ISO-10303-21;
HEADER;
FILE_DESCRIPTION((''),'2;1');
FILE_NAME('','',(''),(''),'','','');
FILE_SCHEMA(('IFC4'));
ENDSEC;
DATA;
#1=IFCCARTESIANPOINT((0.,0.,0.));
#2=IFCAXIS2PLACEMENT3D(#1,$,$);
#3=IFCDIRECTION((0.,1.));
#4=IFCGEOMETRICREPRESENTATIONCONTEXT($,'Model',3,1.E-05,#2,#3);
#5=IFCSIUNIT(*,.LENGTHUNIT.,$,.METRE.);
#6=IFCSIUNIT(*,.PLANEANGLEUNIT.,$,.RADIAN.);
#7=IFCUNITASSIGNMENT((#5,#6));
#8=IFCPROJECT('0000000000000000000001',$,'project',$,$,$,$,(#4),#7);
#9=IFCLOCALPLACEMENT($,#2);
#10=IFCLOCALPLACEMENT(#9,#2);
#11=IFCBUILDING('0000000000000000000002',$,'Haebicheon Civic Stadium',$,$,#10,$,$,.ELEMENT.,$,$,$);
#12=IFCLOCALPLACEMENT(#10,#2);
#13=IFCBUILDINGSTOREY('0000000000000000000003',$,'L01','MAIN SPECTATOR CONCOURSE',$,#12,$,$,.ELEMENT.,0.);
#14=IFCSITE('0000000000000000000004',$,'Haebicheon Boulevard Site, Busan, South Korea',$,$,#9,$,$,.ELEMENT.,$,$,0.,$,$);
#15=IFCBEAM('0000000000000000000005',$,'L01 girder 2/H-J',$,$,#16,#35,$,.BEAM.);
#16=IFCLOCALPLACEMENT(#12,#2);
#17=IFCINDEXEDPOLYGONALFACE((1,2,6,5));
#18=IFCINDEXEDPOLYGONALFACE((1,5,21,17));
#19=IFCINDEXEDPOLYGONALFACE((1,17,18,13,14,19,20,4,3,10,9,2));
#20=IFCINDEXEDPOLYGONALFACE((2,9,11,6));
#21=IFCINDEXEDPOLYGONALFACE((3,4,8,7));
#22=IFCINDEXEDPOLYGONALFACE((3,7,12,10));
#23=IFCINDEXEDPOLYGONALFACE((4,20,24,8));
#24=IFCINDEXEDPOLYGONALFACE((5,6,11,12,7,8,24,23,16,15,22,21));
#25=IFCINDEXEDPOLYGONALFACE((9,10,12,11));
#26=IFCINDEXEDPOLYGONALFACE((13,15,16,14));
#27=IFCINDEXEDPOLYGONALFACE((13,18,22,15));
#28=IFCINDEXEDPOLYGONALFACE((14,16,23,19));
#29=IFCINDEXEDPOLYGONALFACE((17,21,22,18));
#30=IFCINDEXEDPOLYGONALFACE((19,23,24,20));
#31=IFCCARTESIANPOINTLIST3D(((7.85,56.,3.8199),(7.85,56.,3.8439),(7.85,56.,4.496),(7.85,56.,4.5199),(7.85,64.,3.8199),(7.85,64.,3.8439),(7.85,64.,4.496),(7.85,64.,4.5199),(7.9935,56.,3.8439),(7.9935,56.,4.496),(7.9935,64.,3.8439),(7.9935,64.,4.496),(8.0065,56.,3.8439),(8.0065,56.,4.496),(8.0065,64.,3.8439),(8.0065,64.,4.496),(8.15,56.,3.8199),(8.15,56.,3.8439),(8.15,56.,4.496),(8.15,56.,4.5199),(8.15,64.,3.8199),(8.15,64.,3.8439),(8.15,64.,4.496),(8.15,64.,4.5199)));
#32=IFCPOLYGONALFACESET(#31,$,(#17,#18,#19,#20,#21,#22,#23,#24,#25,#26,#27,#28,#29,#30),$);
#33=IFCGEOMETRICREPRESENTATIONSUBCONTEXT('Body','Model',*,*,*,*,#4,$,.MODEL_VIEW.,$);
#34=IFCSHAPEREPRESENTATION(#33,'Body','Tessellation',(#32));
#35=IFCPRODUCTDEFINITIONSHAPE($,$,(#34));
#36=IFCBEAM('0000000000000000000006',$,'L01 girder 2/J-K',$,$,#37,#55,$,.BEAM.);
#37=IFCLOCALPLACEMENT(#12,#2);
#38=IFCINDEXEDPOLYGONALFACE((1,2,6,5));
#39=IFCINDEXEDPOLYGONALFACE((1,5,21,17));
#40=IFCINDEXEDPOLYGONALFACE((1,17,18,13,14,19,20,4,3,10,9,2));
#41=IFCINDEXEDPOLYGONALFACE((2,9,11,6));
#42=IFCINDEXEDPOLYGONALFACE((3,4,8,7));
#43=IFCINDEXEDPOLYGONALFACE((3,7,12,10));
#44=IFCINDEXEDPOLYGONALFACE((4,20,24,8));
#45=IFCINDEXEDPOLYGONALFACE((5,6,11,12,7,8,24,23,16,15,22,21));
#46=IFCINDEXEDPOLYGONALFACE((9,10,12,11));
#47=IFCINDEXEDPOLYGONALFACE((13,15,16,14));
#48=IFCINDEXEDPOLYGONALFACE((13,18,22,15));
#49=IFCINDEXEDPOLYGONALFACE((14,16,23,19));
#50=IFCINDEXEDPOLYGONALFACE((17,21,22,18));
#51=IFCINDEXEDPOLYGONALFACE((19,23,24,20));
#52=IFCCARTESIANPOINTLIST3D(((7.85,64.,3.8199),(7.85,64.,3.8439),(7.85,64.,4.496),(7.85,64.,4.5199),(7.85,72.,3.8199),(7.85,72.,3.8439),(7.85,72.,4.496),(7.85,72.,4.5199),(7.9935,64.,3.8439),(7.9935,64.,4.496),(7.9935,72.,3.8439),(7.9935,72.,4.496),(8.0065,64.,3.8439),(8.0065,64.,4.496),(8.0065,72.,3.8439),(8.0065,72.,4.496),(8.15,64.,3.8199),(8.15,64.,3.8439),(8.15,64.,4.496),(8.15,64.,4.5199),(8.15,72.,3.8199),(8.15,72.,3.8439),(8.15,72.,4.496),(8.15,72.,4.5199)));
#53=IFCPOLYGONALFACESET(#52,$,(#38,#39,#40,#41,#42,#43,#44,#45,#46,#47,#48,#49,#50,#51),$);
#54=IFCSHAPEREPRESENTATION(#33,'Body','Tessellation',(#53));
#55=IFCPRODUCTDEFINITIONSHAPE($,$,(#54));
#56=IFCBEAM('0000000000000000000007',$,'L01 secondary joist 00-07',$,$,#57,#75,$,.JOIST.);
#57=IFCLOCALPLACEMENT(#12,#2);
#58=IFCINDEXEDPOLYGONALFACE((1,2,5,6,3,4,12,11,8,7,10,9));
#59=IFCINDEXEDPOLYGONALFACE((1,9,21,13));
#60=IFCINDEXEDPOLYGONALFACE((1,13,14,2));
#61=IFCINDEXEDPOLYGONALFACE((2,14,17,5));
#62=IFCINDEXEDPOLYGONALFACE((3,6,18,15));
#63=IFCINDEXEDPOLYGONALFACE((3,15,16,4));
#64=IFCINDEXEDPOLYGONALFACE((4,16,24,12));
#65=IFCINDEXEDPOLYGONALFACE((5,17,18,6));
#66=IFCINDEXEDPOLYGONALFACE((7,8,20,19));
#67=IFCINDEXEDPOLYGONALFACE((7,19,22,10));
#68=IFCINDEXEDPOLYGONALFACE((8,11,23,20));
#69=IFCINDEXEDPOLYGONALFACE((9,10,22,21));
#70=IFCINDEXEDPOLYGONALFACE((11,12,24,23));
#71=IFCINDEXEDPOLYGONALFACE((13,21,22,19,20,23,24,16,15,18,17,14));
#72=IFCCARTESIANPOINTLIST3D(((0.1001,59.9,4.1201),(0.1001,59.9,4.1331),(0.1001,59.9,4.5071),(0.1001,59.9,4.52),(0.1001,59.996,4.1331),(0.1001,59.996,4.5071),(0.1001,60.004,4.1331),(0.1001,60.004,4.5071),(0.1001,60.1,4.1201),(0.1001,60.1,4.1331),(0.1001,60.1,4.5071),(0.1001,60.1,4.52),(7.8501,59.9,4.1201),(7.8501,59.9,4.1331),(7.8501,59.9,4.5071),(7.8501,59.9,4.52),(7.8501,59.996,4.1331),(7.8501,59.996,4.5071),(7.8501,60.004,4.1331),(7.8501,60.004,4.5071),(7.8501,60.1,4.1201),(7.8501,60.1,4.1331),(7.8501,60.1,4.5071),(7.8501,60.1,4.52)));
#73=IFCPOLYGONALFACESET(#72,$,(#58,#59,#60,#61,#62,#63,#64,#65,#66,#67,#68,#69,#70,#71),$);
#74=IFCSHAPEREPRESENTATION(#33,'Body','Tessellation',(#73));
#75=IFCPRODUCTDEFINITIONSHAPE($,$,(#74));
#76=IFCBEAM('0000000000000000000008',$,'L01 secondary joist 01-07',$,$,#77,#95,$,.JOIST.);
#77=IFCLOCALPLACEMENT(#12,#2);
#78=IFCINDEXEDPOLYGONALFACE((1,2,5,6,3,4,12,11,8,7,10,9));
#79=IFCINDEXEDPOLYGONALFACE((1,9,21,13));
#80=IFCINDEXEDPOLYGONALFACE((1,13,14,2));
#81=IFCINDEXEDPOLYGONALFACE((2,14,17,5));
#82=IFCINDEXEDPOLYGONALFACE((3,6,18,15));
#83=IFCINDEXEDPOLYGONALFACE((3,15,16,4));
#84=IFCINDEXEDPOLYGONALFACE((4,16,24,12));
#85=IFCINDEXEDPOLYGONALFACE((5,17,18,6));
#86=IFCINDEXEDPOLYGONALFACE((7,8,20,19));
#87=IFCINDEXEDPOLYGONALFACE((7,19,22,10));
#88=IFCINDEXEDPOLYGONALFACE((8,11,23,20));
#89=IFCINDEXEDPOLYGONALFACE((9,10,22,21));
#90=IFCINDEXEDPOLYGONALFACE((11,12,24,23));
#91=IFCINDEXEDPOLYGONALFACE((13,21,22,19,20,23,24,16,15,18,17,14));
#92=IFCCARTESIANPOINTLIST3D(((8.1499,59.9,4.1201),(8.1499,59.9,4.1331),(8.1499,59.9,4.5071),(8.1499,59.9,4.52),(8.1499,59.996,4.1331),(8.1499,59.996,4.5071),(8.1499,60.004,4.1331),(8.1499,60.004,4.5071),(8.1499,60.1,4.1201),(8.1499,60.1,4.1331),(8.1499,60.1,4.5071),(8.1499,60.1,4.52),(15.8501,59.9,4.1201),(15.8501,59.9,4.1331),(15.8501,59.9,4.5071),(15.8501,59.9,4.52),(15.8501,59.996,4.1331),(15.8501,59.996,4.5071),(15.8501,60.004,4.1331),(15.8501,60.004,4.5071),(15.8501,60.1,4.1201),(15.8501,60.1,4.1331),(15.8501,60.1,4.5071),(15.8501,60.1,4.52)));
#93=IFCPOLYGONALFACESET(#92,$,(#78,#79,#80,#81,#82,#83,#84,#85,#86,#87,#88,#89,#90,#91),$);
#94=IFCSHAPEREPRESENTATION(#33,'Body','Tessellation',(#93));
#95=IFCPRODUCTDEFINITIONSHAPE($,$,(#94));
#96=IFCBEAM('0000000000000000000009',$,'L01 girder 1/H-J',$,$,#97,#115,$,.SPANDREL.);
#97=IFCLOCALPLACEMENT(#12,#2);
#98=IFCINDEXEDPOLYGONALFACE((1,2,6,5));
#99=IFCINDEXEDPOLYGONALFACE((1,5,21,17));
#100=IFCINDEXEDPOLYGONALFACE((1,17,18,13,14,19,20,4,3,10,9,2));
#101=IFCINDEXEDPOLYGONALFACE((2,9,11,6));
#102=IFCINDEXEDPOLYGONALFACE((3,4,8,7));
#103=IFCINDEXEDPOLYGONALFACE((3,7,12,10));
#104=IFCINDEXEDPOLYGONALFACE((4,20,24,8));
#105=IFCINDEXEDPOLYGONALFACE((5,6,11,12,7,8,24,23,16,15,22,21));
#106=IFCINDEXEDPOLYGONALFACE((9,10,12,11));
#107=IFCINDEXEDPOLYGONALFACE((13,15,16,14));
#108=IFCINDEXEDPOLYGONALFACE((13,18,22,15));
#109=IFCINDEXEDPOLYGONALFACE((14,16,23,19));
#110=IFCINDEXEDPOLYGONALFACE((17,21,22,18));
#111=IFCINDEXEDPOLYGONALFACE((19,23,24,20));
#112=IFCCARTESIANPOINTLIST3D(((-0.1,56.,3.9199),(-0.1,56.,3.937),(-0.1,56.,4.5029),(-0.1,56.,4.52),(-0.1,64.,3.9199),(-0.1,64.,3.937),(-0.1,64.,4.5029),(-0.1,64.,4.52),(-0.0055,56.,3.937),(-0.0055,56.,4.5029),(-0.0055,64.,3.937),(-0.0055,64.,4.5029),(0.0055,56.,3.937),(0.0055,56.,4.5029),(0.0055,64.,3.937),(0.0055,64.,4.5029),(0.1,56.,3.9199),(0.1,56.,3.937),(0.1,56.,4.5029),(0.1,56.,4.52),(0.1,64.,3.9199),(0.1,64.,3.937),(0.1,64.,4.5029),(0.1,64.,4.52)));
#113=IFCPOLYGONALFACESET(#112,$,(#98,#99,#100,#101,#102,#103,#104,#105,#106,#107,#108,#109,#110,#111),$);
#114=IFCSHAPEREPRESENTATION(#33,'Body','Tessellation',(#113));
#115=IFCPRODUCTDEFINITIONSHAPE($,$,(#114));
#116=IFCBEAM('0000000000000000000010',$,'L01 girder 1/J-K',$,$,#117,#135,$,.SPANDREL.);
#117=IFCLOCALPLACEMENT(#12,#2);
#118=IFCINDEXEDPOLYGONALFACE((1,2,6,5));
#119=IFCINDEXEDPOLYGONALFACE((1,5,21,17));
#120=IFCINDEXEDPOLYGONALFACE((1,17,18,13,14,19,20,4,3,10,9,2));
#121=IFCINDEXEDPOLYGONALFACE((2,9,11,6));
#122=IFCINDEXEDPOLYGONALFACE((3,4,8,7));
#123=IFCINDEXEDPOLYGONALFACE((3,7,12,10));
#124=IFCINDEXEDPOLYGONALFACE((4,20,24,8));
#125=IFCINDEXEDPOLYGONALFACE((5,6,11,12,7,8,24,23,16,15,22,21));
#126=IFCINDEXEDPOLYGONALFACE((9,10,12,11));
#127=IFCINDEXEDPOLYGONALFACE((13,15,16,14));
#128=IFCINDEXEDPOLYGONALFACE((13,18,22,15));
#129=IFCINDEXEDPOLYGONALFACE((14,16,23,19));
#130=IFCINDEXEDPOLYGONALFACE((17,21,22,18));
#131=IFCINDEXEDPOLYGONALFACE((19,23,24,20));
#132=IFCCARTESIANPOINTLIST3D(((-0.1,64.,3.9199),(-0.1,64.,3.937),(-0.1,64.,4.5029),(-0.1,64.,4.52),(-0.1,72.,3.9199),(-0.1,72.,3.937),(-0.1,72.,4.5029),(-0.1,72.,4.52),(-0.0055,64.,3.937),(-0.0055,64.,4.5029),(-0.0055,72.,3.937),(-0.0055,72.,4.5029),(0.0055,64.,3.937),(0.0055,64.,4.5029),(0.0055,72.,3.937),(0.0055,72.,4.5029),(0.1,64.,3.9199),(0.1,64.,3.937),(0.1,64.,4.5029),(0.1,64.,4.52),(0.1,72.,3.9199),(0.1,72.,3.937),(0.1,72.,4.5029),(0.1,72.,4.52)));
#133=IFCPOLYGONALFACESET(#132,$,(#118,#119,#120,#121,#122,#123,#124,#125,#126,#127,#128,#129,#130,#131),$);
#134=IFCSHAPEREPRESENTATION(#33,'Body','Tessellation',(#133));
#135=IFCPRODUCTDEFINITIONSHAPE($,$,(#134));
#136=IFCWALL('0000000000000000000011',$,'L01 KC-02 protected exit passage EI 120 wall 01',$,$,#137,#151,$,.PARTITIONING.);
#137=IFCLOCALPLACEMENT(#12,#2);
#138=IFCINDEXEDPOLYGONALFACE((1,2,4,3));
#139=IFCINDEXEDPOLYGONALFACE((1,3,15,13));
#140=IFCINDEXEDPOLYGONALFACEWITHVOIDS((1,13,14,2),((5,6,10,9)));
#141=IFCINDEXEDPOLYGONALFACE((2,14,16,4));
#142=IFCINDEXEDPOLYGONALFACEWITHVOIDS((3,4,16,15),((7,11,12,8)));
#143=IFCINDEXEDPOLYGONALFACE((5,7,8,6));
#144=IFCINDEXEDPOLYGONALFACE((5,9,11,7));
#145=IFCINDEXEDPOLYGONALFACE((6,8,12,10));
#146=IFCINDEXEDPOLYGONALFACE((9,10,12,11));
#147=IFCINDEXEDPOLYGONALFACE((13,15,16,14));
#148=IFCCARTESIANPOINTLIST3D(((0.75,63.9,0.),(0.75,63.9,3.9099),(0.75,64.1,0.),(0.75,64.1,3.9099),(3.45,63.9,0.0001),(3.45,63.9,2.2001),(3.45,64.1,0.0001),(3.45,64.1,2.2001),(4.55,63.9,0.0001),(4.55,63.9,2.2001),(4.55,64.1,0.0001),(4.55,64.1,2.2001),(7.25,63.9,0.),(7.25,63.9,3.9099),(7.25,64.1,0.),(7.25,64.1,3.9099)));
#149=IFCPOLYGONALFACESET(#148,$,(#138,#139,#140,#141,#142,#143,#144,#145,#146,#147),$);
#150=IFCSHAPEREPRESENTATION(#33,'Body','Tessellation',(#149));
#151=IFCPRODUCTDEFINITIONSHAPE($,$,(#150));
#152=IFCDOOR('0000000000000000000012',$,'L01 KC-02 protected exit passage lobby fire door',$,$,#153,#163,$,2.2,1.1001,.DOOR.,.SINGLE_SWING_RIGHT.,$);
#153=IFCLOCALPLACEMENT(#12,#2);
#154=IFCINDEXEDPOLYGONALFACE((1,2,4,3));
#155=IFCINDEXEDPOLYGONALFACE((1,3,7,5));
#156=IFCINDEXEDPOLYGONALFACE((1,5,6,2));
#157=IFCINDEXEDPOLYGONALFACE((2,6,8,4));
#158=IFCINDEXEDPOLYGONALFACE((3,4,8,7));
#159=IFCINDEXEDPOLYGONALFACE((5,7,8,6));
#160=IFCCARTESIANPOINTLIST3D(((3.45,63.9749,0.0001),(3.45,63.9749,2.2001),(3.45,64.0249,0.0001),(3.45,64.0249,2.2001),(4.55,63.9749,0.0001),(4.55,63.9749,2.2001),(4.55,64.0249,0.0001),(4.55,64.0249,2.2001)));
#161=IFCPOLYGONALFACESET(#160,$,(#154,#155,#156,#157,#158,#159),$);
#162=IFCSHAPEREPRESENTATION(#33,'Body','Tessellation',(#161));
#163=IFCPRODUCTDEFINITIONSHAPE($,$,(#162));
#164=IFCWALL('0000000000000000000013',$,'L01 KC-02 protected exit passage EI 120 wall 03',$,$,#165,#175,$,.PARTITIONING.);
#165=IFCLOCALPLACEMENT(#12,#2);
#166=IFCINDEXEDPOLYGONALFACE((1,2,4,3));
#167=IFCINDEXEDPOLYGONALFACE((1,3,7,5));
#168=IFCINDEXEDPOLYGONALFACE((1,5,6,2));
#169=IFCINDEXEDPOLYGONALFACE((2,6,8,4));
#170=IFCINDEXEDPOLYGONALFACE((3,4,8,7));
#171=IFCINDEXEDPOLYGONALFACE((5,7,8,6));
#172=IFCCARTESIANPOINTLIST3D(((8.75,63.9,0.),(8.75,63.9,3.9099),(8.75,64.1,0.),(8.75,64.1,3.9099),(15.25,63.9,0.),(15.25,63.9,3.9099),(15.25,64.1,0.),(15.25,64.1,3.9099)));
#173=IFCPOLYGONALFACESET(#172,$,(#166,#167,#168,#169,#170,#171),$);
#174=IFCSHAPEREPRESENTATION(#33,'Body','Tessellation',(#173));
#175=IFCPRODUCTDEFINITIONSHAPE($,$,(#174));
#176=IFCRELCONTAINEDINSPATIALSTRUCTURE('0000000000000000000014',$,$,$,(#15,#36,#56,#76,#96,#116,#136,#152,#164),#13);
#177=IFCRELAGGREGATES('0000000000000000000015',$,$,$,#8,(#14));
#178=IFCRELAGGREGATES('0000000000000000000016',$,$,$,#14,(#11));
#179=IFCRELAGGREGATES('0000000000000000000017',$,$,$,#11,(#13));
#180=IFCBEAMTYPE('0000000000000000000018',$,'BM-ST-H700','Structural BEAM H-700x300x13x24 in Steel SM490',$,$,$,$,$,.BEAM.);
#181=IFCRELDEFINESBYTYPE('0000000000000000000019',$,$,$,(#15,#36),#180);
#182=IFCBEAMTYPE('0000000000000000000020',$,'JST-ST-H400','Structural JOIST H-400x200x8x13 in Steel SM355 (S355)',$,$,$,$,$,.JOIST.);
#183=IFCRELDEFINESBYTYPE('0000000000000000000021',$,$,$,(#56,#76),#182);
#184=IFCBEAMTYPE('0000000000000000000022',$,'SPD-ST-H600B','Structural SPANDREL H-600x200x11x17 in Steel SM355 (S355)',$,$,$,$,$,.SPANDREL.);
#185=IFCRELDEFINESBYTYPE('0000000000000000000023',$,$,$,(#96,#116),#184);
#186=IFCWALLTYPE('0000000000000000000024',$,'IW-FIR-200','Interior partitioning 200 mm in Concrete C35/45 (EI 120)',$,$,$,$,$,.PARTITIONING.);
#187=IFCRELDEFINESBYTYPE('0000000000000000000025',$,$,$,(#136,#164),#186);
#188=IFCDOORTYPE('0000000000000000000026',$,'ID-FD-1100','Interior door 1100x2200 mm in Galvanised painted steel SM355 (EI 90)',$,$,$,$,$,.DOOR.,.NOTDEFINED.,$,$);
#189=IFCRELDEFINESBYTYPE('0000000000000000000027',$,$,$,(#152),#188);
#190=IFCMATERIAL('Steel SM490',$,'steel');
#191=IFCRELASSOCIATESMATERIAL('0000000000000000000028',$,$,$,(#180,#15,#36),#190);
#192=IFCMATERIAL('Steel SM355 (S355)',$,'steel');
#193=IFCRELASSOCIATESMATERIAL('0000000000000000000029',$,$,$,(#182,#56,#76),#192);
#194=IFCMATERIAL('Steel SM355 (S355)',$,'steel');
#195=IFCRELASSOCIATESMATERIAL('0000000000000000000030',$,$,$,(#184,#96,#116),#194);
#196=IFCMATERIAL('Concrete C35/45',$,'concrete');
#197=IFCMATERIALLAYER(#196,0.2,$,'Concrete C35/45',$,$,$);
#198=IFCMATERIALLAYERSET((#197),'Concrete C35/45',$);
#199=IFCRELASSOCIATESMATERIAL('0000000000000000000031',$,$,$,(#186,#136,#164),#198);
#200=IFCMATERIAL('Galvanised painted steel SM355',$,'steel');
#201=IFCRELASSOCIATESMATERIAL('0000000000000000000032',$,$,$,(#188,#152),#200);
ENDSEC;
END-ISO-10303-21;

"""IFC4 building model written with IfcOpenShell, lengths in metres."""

from ifc_helpers import new_model, si_unit, direction, frame, frame_2d, origin, origin_2d, place, context, subcontext, project, spatial, rectangle, i_section, extrude, material, layer, layer_set, material_profile, profile_set, type_object, element, fill, save


model = new_model("IFC4")

# Units and contexts
model_context = context("Model", 3, precision=1e-05, world=origin(), true_north=direction((0.0, 1.0)))
body_context = subcontext(model_context, "Body", "Model", "MODEL_VIEW")
ifc_project = project(units=[si_unit("LENGTHUNIT", "METRE"), si_unit("PLANEANGLEUNIT", "RADIAN")], contexts=[model_context])

# Site, building, storey
site_placement = place(None, origin())
site = spatial("IfcSite", under=ifc_project, at=site_placement, Name="Haebicheon Boulevard Site, Busan, South Korea", CompositionType="ELEMENT", RefElevation=0.0)
building_placement = place(site_placement, origin())
building = spatial("IfcBuilding", under=site, at=building_placement, Name="Haebicheon Civic Stadium", CompositionType="ELEMENT")
storey_placement = place(building_placement, origin())
storey = spatial("IfcBuildingStorey", under=building, at=storey_placement, Name="L01", Description="MAIN SPECTATOR CONCOURSE", CompositionType="ELEMENT", Elevation=0.0)

# Beams
ifc_material_1 = material(Name="Steel SM490", Category="steel")
ifc_material_profile_1 = material_profile(ifc_material_1, i_section(OverallWidth=0.3, OverallDepth=0.7, WebThickness=0.0129, FlangeThickness=0.0239, at=origin_2d()), Name="H-700x300x13x24")
ifc_profile_set_1 = profile_set([ifc_material_profile_1], Name="Steel SM490")
beam_type_1 = type_object("IfcBeamType", Name="BM-ST-H700", Description="Structural BEAM H-700x300x13x24 in Steel SM490", PredefinedType="BEAM", material=ifc_profile_set_1)
for number, where, z_axis, x_axis, name in (
    (1, (8.0, 56.0, 4.1699), (0.0, 1.0, 0.0), (-1.0, 0.0, 0.0), "L01 girder 2/H-J"),
    (2, (8.0, 64.0, 4.1699), (0.0, 1.0, 0.0), (-1.0, 0.0, 0.0), "L01 girder 2/J-K"),
):
    element("IfcBeam", number, at=place(storey_placement, frame(where, z_axis=z_axis, x_axis=x_axis)), inside=storey, type_object=beam_type_1, material=ifc_profile_set_1, Name=name, PredefinedType="BEAM", context=body_context, shape_type="SweptSolid", body=[
        extrude(i_section(OverallWidth=0.3, OverallDepth=0.7, WebThickness=0.0129, FlangeThickness=0.0239, at=origin_2d()), origin(), (0.0, 0.0, 1.0), 8.0),
    ])
ifc_material_2 = material(Name="Steel SM355 (S355)", Category="steel")
ifc_material_profile_2 = material_profile(ifc_material_2, i_section(OverallWidth=0.2, OverallDepth=0.3999, WebThickness=0.0081, FlangeThickness=0.0129, at=origin_2d()), Name="H-400x200x8x13")
ifc_profile_set_2 = profile_set([ifc_material_profile_2], Name="Steel SM355 (S355)")
beam_type_2 = type_object("IfcBeamType", Name="JST-ST-H400", Description="Structural JOIST H-400x200x8x13 in Steel SM355 (S355)", PredefinedType="JOIST", material=ifc_profile_set_2)
beam_1_placement = place(storey_placement, frame((0.1001, 60.0, 4.3201), z_axis=(1.0, 0.0, 0.0), x_axis=(0.0, 1.0, 0.0)))
element("IfcBeam", 3, at=beam_1_placement, inside=storey, type_object=beam_type_2, material=ifc_profile_set_2, Name="L01 secondary joist 00-07", PredefinedType="JOIST", context=body_context, shape_type="SweptSolid", body=[
    extrude(i_section(OverallWidth=0.2, OverallDepth=0.3999, WebThickness=0.0081, FlangeThickness=0.0129, at=origin_2d()), origin(), (0.0, 0.0, 1.0), 7.75),
])
beam_2_placement = place(storey_placement, frame((8.1499, 60.0, 4.3201), z_axis=(1.0, 0.0, 0.0), x_axis=(0.0, 1.0, 0.0)))
element("IfcBeam", 4, at=beam_2_placement, inside=storey, type_object=beam_type_2, material=ifc_profile_set_2, Name="L01 secondary joist 01-07", PredefinedType="JOIST", context=body_context, shape_type="SweptSolid", body=[
    extrude(i_section(OverallWidth=0.2, OverallDepth=0.3999, WebThickness=0.0081, FlangeThickness=0.0129, at=origin_2d()), origin(), (0.0, 0.0, 1.0), 7.7002),
])
ifc_material_3 = material(Name="Steel SM355 (S355)", Category="steel")
ifc_material_profile_3 = material_profile(ifc_material_3, i_section(OverallWidth=0.2, OverallDepth=0.6001, WebThickness=0.011, FlangeThickness=0.0171, at=origin_2d()), Name="H-600x200x11x17")
ifc_profile_set_3 = profile_set([ifc_material_profile_3], Name="Steel SM355 (S355)")
beam_type_3 = type_object("IfcBeamType", Name="SPD-ST-H600B", Description="Structural SPANDREL H-600x200x11x17 in Steel SM355 (S355)", PredefinedType="SPANDREL", material=ifc_profile_set_3)
for number, where, z_axis, x_axis, name in (
    (5, (0.0, 56.0, 4.22), (0.0, 1.0, 0.0), (-1.0, 0.0, 0.0), "L01 girder 1/H-J"),
    (6, (0.0, 64.0, 4.22), (0.0, 1.0, 0.0), (-1.0, 0.0, 0.0), "L01 girder 1/J-K"),
):
    element("IfcBeam", number, at=place(storey_placement, frame(where, z_axis=z_axis, x_axis=x_axis)), inside=storey, type_object=beam_type_3, material=ifc_profile_set_3, Name=name, PredefinedType="SPANDREL", context=body_context, shape_type="SweptSolid", body=[
        extrude(i_section(OverallWidth=0.2, OverallDepth=0.6001, WebThickness=0.011, FlangeThickness=0.0171, at=origin_2d()), origin(), (0.0, 0.0, 1.0), 8.0),
    ])

# Wall, opening, door
ifc_material_4 = material(Name="Concrete C35/45", Category="concrete")
ifc_layer_1 = layer(ifc_material_4, 0.2, Name="Concrete C35/45")
ifc_layer_set_1 = layer_set([ifc_layer_1], Name="Concrete C35/45")
wall_type_1 = type_object("IfcWallType", Name="IW-FIR-200", Description="Interior partitioning 200 mm in Concrete C35/45 (EI 120)", PredefinedType="PARTITIONING", material=ifc_layer_set_1)
wall_1_placement = place(storey_placement, frame((0.75, 64.0, 0.0), z_axis=(0.0, 0.0, 1.0), x_axis=(1.0, 0.0, 0.0)))
wall_1 = element("IfcWall", 7, at=wall_1_placement, inside=storey, type_object=wall_type_1, material=ifc_layer_set_1, Name="L01 KC-02 protected exit passage EI 120 wall 01", PredefinedType="PARTITIONING", context=body_context, shape_type="SweptSolid", body=[
    extrude(rectangle(XDim=6.5, YDim=0.2, at=frame_2d((3.25, 0.0))), origin(), (0.0, 0.0, 1.0), 3.9099),
])
opening_1_placement = place(wall_1_placement, frame((2.7, 0.0, 0.0)))
opening_1 = element("IfcOpeningElement", 8, at=opening_1_placement, cuts=wall_1, PredefinedType="OPENING", context=body_context, shape_type="SweptSolid", body=[
    extrude(rectangle(XDim=1.1001, YDim=2.2, at=frame_2d((0.55, 1.1001))), frame((0.0, 0.1099, 0.0), z_axis=(0.0, -1.0, 0.0), x_axis=(1.0, 0.0, 0.0)), (0.0, 0.0, 1.0), 0.22),
])
ifc_material_5 = material(Name="Galvanised painted steel SM355", Category="steel")
door_type_1 = type_object("IfcDoorType", Name="ID-FD-1100", Description="Interior door 1100x2200 mm in Galvanised painted steel SM355 (EI 90)", OperationType="NOTDEFINED", PredefinedType="DOOR", material=ifc_material_5)
door_1_placement = place(opening_1_placement, origin())
door_1 = element("IfcDoor", 9, at=door_1_placement, inside=storey, type_object=door_type_1, material=ifc_material_5, Name="L01 KC-02 protected exit passage lobby fire door", OperationType="SINGLE_SWING_RIGHT", OverallHeight=2.2, OverallWidth=1.1001, PredefinedType="DOOR", context=body_context, shape_type="SweptSolid", body=[
    extrude(rectangle(XDim=1.1001, YDim=2.2, at=frame_2d((0.55, 1.1001))), frame((0.0, 0.0249, 0.0), z_axis=(0.0, -1.0, 0.0), x_axis=(1.0, 0.0, 0.0)), (0.0, 0.0, 1.0), 0.05),
])
fill(opening_1, door_1)

# Wall
wall_2_placement = place(storey_placement, frame((8.75, 64.0, 0.0), z_axis=(0.0, 0.0, 1.0), x_axis=(1.0, 0.0, 0.0)))
element("IfcWall", 10, at=wall_2_placement, inside=storey, type_object=wall_type_1, material=ifc_layer_set_1, Name="L01 KC-02 protected exit passage EI 120 wall 03", PredefinedType="PARTITIONING", context=body_context, shape_type="SweptSolid", body=[
    extrude(rectangle(XDim=6.5, YDim=0.2, at=frame_2d((3.25, 0.0))), origin(), (0.0, 0.0, 1.0), 3.9099),
])

save(model, "model.ifc")
